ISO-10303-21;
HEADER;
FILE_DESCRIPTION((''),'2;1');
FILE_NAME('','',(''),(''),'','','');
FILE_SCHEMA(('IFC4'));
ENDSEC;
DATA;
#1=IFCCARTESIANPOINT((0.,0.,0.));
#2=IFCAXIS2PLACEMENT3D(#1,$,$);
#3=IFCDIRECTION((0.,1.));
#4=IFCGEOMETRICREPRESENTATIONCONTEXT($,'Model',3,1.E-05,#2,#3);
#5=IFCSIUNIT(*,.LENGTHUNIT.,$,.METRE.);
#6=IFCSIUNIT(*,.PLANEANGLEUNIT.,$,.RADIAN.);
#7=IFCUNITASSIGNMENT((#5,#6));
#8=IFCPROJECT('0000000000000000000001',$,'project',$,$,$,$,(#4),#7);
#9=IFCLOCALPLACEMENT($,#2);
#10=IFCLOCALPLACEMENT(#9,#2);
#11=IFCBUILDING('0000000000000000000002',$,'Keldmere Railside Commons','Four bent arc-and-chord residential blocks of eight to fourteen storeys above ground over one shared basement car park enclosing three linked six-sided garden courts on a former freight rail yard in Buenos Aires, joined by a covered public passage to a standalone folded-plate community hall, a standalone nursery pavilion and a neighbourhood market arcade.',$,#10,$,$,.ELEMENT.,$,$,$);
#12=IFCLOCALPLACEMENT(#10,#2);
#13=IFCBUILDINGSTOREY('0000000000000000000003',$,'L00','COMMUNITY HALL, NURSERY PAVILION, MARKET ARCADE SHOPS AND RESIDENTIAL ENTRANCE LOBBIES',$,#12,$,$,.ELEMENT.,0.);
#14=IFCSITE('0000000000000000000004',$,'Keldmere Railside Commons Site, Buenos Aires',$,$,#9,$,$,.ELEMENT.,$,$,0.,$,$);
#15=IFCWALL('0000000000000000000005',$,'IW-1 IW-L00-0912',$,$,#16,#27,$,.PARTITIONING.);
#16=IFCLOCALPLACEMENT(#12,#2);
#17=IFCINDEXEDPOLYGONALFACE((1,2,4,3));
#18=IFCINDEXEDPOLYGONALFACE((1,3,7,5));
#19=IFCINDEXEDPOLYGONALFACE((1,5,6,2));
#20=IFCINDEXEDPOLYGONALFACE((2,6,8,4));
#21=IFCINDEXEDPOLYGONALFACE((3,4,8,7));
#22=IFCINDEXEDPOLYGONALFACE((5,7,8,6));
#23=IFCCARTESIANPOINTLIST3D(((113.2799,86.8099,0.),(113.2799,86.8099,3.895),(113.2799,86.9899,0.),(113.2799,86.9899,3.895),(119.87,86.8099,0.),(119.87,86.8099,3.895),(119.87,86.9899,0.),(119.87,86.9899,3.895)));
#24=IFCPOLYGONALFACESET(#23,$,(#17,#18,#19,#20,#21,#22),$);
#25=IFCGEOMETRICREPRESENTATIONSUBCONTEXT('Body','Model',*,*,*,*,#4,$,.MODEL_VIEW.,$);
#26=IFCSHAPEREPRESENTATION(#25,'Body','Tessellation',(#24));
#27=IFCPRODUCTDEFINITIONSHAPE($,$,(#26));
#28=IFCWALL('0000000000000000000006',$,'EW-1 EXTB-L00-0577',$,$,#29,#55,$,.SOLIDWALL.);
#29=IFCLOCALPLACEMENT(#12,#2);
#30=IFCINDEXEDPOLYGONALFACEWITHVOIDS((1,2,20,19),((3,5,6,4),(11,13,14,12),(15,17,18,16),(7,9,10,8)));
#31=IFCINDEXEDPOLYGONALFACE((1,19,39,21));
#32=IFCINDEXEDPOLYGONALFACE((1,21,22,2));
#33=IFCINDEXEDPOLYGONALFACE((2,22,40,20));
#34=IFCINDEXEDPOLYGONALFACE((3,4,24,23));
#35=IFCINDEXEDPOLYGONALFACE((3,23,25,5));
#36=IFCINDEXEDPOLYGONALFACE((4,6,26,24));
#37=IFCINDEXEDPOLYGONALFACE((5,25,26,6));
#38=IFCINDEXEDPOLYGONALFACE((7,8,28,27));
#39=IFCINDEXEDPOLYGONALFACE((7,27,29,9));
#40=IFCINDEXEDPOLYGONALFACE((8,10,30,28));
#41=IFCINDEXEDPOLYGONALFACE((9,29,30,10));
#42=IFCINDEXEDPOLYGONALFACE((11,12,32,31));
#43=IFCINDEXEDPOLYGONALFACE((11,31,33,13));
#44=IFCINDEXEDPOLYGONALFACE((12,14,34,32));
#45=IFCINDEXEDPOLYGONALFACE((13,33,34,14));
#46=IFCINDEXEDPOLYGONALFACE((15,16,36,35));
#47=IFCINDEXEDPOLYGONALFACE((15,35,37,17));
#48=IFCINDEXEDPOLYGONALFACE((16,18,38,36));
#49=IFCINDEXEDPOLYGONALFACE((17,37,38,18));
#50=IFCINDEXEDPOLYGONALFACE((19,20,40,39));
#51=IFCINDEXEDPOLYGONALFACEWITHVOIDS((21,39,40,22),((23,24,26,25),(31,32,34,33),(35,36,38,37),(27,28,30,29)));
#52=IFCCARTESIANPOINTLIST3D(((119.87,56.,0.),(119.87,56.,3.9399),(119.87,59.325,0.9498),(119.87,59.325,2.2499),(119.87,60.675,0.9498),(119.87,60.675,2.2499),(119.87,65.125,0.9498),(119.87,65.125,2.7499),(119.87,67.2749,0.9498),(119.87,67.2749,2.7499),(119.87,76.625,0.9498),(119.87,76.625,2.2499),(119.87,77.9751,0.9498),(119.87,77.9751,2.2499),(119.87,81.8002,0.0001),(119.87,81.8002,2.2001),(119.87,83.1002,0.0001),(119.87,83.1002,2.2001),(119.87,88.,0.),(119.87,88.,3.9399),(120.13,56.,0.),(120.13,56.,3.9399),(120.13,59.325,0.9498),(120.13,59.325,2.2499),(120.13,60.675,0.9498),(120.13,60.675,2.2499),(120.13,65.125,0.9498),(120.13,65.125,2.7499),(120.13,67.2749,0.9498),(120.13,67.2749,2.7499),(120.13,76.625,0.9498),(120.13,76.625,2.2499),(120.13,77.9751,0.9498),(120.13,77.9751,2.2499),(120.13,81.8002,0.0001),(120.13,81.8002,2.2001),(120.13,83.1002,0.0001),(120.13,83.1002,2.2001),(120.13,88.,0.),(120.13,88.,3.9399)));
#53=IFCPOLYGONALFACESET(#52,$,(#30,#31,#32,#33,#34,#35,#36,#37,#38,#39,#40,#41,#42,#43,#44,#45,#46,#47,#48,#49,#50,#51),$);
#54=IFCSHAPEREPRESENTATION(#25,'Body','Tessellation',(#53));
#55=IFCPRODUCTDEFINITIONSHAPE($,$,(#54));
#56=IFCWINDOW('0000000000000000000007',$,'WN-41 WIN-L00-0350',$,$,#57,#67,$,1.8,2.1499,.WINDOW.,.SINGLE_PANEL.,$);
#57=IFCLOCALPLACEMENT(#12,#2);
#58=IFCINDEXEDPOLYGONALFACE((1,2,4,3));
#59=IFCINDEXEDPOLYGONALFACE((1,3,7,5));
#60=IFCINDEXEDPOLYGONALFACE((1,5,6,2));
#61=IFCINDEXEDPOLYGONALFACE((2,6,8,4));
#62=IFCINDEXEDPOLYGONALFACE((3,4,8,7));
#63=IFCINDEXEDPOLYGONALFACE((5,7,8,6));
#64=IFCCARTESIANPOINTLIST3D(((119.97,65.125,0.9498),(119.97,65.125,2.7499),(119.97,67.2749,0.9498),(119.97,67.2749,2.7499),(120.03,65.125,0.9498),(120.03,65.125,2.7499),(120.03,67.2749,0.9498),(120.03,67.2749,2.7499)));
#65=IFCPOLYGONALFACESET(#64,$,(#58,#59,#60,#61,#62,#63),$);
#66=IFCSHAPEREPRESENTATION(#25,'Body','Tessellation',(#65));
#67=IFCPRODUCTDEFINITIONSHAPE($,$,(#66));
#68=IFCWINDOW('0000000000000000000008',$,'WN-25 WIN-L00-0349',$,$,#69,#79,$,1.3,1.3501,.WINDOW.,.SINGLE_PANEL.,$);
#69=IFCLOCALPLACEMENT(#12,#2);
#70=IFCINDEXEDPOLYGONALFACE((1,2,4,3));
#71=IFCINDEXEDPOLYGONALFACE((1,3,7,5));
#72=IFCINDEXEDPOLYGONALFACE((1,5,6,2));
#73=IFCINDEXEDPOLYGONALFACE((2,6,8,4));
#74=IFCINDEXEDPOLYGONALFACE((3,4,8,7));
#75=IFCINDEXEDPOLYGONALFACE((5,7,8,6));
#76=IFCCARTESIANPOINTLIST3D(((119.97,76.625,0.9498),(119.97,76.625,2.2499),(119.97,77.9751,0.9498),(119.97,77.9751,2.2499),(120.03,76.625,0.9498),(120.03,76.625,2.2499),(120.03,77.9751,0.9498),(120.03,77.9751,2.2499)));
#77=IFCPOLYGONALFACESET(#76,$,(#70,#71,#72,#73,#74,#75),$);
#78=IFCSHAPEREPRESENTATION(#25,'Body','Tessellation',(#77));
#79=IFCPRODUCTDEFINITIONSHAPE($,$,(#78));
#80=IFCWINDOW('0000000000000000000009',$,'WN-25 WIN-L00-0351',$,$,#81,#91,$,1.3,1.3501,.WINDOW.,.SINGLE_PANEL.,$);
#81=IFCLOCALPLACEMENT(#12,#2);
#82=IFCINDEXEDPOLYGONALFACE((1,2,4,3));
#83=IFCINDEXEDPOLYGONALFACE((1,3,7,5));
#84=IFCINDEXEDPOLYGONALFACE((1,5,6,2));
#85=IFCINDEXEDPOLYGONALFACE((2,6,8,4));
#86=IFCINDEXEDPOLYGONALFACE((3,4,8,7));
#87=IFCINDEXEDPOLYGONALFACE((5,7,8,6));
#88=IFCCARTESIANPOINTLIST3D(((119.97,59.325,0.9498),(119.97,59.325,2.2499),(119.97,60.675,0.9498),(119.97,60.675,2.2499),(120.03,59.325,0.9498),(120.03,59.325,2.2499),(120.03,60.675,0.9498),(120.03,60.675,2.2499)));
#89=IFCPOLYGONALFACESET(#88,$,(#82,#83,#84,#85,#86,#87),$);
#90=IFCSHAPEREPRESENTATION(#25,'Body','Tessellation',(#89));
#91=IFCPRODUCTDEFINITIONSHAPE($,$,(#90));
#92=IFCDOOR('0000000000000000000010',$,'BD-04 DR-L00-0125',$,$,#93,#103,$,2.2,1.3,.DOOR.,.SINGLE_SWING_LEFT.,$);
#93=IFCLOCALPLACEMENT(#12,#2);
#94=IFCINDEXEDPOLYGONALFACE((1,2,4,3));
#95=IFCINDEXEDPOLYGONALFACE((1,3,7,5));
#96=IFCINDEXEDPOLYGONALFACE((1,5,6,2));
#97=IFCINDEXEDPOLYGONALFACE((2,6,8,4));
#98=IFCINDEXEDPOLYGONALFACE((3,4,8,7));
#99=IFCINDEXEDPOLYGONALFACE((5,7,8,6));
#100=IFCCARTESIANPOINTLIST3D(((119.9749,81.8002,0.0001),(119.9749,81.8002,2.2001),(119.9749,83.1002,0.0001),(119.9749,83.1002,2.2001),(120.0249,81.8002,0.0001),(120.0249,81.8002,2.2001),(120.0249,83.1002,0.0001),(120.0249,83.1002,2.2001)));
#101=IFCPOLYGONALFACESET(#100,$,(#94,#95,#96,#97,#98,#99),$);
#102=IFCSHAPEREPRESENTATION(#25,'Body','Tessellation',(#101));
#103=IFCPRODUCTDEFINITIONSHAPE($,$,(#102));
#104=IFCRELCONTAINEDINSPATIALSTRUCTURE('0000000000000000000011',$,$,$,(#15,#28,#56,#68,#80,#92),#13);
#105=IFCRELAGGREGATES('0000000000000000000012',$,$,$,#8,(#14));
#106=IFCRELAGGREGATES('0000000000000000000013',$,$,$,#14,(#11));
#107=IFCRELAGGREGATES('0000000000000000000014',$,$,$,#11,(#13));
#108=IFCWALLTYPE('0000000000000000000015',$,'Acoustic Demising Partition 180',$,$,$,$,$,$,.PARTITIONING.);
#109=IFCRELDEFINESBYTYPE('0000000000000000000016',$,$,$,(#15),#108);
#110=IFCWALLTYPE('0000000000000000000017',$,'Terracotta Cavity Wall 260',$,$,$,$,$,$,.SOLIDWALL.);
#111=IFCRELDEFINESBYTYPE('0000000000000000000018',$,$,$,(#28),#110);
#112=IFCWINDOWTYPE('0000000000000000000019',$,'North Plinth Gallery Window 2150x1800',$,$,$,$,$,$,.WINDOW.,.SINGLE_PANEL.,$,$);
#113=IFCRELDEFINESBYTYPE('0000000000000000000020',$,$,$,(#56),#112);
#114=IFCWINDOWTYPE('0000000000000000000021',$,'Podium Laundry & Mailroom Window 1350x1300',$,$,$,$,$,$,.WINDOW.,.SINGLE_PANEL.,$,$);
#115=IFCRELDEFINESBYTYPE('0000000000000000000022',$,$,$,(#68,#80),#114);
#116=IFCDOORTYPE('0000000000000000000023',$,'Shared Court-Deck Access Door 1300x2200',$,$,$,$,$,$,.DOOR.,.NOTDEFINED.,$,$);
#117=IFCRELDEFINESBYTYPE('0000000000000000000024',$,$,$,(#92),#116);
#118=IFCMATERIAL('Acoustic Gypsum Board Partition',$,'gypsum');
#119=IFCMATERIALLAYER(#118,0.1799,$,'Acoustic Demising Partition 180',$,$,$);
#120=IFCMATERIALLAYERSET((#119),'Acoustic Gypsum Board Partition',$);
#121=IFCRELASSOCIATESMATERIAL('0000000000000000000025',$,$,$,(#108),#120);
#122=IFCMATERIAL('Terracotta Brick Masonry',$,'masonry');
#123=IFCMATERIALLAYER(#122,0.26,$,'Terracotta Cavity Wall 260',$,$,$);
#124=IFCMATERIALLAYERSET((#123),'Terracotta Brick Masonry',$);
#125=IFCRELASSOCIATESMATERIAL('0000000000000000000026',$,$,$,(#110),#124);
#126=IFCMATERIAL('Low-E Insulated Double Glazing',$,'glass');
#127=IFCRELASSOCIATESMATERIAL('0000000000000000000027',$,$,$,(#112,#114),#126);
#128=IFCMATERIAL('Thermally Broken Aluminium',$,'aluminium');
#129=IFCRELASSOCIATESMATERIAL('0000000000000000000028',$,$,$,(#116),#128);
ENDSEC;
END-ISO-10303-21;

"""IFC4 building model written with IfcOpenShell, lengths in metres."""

from ifc_helpers import new_model, si_unit, direction, frame, frame_2d, origin, place, context, subcontext, project, spatial, rectangle, extrude, material, layer, layer_set, type_object, element, fill, save


model = new_model("IFC4")

# Units and contexts
model_context = context("Model", 3, precision=1e-05, world=origin(), true_north=direction((0.0, 1.0)))
body_context = subcontext(model_context, "Body", "Model", "MODEL_VIEW")
ifc_project = project(units=[si_unit("LENGTHUNIT", "METRE"), si_unit("PLANEANGLEUNIT", "RADIAN")], contexts=[model_context])

# Site, building, storey
site_placement = place(None, origin())
site = spatial("IfcSite", under=ifc_project, at=site_placement, Name="Keldmere Railside Commons Site, Buenos Aires", CompositionType="ELEMENT", RefElevation=0.0)
building_placement = place(site_placement, origin())
building = spatial("IfcBuilding", under=site, at=building_placement, Name="Keldmere Railside Commons", Description="Four bent arc-and-chord residential blocks of eight to fourteen storeys above ground over one shared basement car park enclosing three linked six-sided garden courts on a former freight rail yard in Buenos Aires, joined by a covered public passage to a standalone folded-plate community hall, a standalone nursery pavilion and a neighbourhood market arcade.", CompositionType="ELEMENT")
storey_placement = place(building_placement, origin())
storey = spatial("IfcBuildingStorey", under=building, at=storey_placement, Name="L00", Description="COMMUNITY HALL, NURSERY PAVILION, MARKET ARCADE SHOPS AND RESIDENTIAL ENTRANCE LOBBIES", CompositionType="ELEMENT", Elevation=0.0)

# Shared definitions
ifc_material_1 = material(Name="Thermally Broken Aluminium", Category="aluminium")
ifc_material_2 = material(Name="Low-E Insulated Double Glazing", Category="glass")

# Wall
ifc_material_3 = material(Name="Acoustic Gypsum Board Partition", Category="gypsum")
ifc_layer_1 = layer(ifc_material_3, 0.1799, Name="Acoustic Demising Partition 180")
ifc_layer_set_1 = layer_set([ifc_layer_1], Name="Acoustic Gypsum Board Partition")
wall_type_1 = type_object("IfcWallType", Name="Acoustic Demising Partition 180", PredefinedType="PARTITIONING", material=ifc_layer_set_1)
wall_1_placement = place(storey_placement, frame((113.28, 86.8999, 0.0), z_axis=(0.0, 0.0, 1.0), x_axis=(1.0, 0.0, 0.0)))
element("IfcWall", 1, at=wall_1_placement, inside=storey, type_object=wall_type_1, Name="IW-1 IW-L00-0912", PredefinedType="PARTITIONING", context=body_context, shape_type="SweptSolid", body=[
    extrude(rectangle(XDim=6.5901, YDim=0.1799, at=frame_2d((3.2949, 0.0))), origin(), (0.0, 0.0, 1.0), 3.895),
])

# Wall, openings, windows, door
ifc_material_4 = material(Name="Terracotta Brick Masonry", Category="masonry")
ifc_layer_2 = layer(ifc_material_4, 0.26, Name="Terracotta Cavity Wall 260")
ifc_layer_set_2 = layer_set([ifc_layer_2], Name="Terracotta Brick Masonry")
wall_type_2 = type_object("IfcWallType", Name="Terracotta Cavity Wall 260", PredefinedType="SOLIDWALL", material=ifc_layer_set_2)
wall_2_placement = place(storey_placement, frame((120.0, 88.0, 0.0), z_axis=(0.0, 0.0, 1.0), x_axis=(0.0, -1.0, 0.0)))
wall_2 = element("IfcWall", 2, at=wall_2_placement, inside=storey, type_object=wall_type_2, Name="EW-1 EXTB-L00-0577", PredefinedType="SOLIDWALL", context=body_context, shape_type="SweptSolid", body=[
    extrude(rectangle(XDim=32.0, YDim=0.26, at=frame_2d((16.0, 0.0))), origin(), (0.0, 0.0, 1.0), 3.9399),
])
opening_1_placement = place(wall_2_placement, frame((4.8999, 0.0, 0.0)))
opening_1 = element("IfcOpeningElement", 3, at=opening_1_placement, cuts=wall_2, PredefinedType="OPENING", context=body_context, shape_type="SweptSolid", body=[
    extrude(rectangle(XDim=1.3, YDim=2.2, at=frame_2d((0.6499, 1.1001))), frame((0.0, 0.1399, 0.0), z_axis=(0.0, -1.0, 0.0), x_axis=(1.0, 0.0, 0.0)), (0.0, 0.0, 1.0), 0.28),
])
opening_2_placement = place(wall_2_placement, frame((10.0249, 0.0, 0.95)))
opening_2 = element("IfcOpeningElement", 4, at=opening_2_placement, cuts=wall_2, PredefinedType="OPENING", context=body_context, shape_type="SweptSolid", body=[
    extrude(rectangle(XDim=1.3501, YDim=1.3, at=frame_2d((0.675, 0.6499))), frame((0.0, 0.1399, 0.0), z_axis=(0.0, -1.0, 0.0), x_axis=(1.0, 0.0, 0.0)), (0.0, 0.0, 1.0), 0.28),
])
opening_3_placement = place(wall_2_placement, frame((20.7251, 0.0, 0.95)))
opening_3 = element("IfcOpeningElement", 5, at=opening_3_placement, cuts=wall_2, PredefinedType="OPENING", context=body_context, shape_type="SweptSolid", body=[
    extrude(rectangle(XDim=2.1499, YDim=1.8, at=frame_2d((1.075, 0.8999))), frame((0.0, 0.1399, 0.0), z_axis=(0.0, -1.0, 0.0), x_axis=(1.0, 0.0, 0.0)), (0.0, 0.0, 1.0), 0.28),
])
opening_4_placement = place(wall_2_placement, frame((27.325, 0.0, 0.95)))
opening_4 = element("IfcOpeningElement", 6, at=opening_4_placement, cuts=wall_2, PredefinedType="OPENING", context=body_context, shape_type="SweptSolid", body=[
    extrude(rectangle(XDim=1.3501, YDim=1.3, at=frame_2d((0.675, 0.6499))), frame((0.0, 0.1399, 0.0), z_axis=(0.0, -1.0, 0.0), x_axis=(1.0, 0.0, 0.0)), (0.0, 0.0, 1.0), 0.28),
])
window_type_1 = type_object("IfcWindowType", Name="North Plinth Gallery Window 2150x1800", PartitioningType="SINGLE_PANEL", PredefinedType="WINDOW", material=ifc_material_2)
window_1_placement = place(opening_3_placement, origin())
window_1 = element("IfcWindow", 7, at=window_1_placement, inside=storey, type_object=window_type_1, Name="WN-41 WIN-L00-0350", OverallHeight=1.8, OverallWidth=2.1499, PartitioningType="SINGLE_PANEL", PredefinedType="WINDOW", context=body_context, shape_type="SweptSolid", body=[
    extrude(rectangle(XDim=2.1499, YDim=1.8, at=frame_2d((1.075, 0.8999))), frame((0.0, 0.03, 0.0), z_axis=(0.0, -1.0, 0.0), x_axis=(1.0, 0.0, 0.0)), (0.0, 0.0, 1.0), 0.0601),
])
fill(opening_3, window_1)
window_type_2 = type_object("IfcWindowType", Name="Podium Laundry & Mailroom Window 1350x1300", PartitioningType="SINGLE_PANEL", PredefinedType="WINDOW", material=ifc_material_2)
window_2_placement = place(opening_2_placement, origin())
window_2 = element("IfcWindow", 8, at=window_2_placement, inside=storey, type_object=window_type_2, Name="WN-25 WIN-L00-0349", OverallHeight=1.3, OverallWidth=1.3501, PartitioningType="SINGLE_PANEL", PredefinedType="WINDOW", context=body_context, shape_type="SweptSolid", body=[
    extrude(rectangle(XDim=1.3501, YDim=1.3, at=frame_2d((0.675, 0.6499))), frame((0.0, 0.03, 0.0), z_axis=(0.0, -1.0, 0.0), x_axis=(1.0, 0.0, 0.0)), (0.0, 0.0, 1.0), 0.0601),
])
fill(opening_2, window_2)
window_3_placement = place(opening_4_placement, origin())
window_3 = element("IfcWindow", 9, at=window_3_placement, inside=storey, type_object=window_type_2, Name="WN-25 WIN-L00-0351", OverallHeight=1.3, OverallWidth=1.3501, PartitioningType="SINGLE_PANEL", PredefinedType="WINDOW", context=body_context, shape_type="SweptSolid", body=[
    extrude(rectangle(XDim=1.3501, YDim=1.3, at=frame_2d((0.675, 0.6499))), frame((0.0, 0.03, 0.0), z_axis=(0.0, -1.0, 0.0), x_axis=(1.0, 0.0, 0.0)), (0.0, 0.0, 1.0), 0.0601),
])
fill(opening_4, window_3)
door_type = type_object("IfcDoorType", Name="Shared Court-Deck Access Door 1300x2200", OperationType="NOTDEFINED", PredefinedType="DOOR", material=ifc_material_1)
door_placement = place(opening_1_placement, origin())
door = element("IfcDoor", 10, at=door_placement, inside=storey, type_object=door_type, Name="BD-04 DR-L00-0125", OperationType="SINGLE_SWING_LEFT", OverallHeight=2.2, OverallWidth=1.3, PredefinedType="DOOR", context=body_context, shape_type="SweptSolid", body=[
    extrude(rectangle(XDim=1.3, YDim=2.2, at=frame_2d((0.6499, 1.1001))), frame((0.0, 0.0249, 0.0), z_axis=(0.0, -1.0, 0.0), x_axis=(1.0, 0.0, 0.0)), (0.0, 0.0, 1.0), 0.05),
])
fill(opening_1, door)

save(model, "model.ifc")
